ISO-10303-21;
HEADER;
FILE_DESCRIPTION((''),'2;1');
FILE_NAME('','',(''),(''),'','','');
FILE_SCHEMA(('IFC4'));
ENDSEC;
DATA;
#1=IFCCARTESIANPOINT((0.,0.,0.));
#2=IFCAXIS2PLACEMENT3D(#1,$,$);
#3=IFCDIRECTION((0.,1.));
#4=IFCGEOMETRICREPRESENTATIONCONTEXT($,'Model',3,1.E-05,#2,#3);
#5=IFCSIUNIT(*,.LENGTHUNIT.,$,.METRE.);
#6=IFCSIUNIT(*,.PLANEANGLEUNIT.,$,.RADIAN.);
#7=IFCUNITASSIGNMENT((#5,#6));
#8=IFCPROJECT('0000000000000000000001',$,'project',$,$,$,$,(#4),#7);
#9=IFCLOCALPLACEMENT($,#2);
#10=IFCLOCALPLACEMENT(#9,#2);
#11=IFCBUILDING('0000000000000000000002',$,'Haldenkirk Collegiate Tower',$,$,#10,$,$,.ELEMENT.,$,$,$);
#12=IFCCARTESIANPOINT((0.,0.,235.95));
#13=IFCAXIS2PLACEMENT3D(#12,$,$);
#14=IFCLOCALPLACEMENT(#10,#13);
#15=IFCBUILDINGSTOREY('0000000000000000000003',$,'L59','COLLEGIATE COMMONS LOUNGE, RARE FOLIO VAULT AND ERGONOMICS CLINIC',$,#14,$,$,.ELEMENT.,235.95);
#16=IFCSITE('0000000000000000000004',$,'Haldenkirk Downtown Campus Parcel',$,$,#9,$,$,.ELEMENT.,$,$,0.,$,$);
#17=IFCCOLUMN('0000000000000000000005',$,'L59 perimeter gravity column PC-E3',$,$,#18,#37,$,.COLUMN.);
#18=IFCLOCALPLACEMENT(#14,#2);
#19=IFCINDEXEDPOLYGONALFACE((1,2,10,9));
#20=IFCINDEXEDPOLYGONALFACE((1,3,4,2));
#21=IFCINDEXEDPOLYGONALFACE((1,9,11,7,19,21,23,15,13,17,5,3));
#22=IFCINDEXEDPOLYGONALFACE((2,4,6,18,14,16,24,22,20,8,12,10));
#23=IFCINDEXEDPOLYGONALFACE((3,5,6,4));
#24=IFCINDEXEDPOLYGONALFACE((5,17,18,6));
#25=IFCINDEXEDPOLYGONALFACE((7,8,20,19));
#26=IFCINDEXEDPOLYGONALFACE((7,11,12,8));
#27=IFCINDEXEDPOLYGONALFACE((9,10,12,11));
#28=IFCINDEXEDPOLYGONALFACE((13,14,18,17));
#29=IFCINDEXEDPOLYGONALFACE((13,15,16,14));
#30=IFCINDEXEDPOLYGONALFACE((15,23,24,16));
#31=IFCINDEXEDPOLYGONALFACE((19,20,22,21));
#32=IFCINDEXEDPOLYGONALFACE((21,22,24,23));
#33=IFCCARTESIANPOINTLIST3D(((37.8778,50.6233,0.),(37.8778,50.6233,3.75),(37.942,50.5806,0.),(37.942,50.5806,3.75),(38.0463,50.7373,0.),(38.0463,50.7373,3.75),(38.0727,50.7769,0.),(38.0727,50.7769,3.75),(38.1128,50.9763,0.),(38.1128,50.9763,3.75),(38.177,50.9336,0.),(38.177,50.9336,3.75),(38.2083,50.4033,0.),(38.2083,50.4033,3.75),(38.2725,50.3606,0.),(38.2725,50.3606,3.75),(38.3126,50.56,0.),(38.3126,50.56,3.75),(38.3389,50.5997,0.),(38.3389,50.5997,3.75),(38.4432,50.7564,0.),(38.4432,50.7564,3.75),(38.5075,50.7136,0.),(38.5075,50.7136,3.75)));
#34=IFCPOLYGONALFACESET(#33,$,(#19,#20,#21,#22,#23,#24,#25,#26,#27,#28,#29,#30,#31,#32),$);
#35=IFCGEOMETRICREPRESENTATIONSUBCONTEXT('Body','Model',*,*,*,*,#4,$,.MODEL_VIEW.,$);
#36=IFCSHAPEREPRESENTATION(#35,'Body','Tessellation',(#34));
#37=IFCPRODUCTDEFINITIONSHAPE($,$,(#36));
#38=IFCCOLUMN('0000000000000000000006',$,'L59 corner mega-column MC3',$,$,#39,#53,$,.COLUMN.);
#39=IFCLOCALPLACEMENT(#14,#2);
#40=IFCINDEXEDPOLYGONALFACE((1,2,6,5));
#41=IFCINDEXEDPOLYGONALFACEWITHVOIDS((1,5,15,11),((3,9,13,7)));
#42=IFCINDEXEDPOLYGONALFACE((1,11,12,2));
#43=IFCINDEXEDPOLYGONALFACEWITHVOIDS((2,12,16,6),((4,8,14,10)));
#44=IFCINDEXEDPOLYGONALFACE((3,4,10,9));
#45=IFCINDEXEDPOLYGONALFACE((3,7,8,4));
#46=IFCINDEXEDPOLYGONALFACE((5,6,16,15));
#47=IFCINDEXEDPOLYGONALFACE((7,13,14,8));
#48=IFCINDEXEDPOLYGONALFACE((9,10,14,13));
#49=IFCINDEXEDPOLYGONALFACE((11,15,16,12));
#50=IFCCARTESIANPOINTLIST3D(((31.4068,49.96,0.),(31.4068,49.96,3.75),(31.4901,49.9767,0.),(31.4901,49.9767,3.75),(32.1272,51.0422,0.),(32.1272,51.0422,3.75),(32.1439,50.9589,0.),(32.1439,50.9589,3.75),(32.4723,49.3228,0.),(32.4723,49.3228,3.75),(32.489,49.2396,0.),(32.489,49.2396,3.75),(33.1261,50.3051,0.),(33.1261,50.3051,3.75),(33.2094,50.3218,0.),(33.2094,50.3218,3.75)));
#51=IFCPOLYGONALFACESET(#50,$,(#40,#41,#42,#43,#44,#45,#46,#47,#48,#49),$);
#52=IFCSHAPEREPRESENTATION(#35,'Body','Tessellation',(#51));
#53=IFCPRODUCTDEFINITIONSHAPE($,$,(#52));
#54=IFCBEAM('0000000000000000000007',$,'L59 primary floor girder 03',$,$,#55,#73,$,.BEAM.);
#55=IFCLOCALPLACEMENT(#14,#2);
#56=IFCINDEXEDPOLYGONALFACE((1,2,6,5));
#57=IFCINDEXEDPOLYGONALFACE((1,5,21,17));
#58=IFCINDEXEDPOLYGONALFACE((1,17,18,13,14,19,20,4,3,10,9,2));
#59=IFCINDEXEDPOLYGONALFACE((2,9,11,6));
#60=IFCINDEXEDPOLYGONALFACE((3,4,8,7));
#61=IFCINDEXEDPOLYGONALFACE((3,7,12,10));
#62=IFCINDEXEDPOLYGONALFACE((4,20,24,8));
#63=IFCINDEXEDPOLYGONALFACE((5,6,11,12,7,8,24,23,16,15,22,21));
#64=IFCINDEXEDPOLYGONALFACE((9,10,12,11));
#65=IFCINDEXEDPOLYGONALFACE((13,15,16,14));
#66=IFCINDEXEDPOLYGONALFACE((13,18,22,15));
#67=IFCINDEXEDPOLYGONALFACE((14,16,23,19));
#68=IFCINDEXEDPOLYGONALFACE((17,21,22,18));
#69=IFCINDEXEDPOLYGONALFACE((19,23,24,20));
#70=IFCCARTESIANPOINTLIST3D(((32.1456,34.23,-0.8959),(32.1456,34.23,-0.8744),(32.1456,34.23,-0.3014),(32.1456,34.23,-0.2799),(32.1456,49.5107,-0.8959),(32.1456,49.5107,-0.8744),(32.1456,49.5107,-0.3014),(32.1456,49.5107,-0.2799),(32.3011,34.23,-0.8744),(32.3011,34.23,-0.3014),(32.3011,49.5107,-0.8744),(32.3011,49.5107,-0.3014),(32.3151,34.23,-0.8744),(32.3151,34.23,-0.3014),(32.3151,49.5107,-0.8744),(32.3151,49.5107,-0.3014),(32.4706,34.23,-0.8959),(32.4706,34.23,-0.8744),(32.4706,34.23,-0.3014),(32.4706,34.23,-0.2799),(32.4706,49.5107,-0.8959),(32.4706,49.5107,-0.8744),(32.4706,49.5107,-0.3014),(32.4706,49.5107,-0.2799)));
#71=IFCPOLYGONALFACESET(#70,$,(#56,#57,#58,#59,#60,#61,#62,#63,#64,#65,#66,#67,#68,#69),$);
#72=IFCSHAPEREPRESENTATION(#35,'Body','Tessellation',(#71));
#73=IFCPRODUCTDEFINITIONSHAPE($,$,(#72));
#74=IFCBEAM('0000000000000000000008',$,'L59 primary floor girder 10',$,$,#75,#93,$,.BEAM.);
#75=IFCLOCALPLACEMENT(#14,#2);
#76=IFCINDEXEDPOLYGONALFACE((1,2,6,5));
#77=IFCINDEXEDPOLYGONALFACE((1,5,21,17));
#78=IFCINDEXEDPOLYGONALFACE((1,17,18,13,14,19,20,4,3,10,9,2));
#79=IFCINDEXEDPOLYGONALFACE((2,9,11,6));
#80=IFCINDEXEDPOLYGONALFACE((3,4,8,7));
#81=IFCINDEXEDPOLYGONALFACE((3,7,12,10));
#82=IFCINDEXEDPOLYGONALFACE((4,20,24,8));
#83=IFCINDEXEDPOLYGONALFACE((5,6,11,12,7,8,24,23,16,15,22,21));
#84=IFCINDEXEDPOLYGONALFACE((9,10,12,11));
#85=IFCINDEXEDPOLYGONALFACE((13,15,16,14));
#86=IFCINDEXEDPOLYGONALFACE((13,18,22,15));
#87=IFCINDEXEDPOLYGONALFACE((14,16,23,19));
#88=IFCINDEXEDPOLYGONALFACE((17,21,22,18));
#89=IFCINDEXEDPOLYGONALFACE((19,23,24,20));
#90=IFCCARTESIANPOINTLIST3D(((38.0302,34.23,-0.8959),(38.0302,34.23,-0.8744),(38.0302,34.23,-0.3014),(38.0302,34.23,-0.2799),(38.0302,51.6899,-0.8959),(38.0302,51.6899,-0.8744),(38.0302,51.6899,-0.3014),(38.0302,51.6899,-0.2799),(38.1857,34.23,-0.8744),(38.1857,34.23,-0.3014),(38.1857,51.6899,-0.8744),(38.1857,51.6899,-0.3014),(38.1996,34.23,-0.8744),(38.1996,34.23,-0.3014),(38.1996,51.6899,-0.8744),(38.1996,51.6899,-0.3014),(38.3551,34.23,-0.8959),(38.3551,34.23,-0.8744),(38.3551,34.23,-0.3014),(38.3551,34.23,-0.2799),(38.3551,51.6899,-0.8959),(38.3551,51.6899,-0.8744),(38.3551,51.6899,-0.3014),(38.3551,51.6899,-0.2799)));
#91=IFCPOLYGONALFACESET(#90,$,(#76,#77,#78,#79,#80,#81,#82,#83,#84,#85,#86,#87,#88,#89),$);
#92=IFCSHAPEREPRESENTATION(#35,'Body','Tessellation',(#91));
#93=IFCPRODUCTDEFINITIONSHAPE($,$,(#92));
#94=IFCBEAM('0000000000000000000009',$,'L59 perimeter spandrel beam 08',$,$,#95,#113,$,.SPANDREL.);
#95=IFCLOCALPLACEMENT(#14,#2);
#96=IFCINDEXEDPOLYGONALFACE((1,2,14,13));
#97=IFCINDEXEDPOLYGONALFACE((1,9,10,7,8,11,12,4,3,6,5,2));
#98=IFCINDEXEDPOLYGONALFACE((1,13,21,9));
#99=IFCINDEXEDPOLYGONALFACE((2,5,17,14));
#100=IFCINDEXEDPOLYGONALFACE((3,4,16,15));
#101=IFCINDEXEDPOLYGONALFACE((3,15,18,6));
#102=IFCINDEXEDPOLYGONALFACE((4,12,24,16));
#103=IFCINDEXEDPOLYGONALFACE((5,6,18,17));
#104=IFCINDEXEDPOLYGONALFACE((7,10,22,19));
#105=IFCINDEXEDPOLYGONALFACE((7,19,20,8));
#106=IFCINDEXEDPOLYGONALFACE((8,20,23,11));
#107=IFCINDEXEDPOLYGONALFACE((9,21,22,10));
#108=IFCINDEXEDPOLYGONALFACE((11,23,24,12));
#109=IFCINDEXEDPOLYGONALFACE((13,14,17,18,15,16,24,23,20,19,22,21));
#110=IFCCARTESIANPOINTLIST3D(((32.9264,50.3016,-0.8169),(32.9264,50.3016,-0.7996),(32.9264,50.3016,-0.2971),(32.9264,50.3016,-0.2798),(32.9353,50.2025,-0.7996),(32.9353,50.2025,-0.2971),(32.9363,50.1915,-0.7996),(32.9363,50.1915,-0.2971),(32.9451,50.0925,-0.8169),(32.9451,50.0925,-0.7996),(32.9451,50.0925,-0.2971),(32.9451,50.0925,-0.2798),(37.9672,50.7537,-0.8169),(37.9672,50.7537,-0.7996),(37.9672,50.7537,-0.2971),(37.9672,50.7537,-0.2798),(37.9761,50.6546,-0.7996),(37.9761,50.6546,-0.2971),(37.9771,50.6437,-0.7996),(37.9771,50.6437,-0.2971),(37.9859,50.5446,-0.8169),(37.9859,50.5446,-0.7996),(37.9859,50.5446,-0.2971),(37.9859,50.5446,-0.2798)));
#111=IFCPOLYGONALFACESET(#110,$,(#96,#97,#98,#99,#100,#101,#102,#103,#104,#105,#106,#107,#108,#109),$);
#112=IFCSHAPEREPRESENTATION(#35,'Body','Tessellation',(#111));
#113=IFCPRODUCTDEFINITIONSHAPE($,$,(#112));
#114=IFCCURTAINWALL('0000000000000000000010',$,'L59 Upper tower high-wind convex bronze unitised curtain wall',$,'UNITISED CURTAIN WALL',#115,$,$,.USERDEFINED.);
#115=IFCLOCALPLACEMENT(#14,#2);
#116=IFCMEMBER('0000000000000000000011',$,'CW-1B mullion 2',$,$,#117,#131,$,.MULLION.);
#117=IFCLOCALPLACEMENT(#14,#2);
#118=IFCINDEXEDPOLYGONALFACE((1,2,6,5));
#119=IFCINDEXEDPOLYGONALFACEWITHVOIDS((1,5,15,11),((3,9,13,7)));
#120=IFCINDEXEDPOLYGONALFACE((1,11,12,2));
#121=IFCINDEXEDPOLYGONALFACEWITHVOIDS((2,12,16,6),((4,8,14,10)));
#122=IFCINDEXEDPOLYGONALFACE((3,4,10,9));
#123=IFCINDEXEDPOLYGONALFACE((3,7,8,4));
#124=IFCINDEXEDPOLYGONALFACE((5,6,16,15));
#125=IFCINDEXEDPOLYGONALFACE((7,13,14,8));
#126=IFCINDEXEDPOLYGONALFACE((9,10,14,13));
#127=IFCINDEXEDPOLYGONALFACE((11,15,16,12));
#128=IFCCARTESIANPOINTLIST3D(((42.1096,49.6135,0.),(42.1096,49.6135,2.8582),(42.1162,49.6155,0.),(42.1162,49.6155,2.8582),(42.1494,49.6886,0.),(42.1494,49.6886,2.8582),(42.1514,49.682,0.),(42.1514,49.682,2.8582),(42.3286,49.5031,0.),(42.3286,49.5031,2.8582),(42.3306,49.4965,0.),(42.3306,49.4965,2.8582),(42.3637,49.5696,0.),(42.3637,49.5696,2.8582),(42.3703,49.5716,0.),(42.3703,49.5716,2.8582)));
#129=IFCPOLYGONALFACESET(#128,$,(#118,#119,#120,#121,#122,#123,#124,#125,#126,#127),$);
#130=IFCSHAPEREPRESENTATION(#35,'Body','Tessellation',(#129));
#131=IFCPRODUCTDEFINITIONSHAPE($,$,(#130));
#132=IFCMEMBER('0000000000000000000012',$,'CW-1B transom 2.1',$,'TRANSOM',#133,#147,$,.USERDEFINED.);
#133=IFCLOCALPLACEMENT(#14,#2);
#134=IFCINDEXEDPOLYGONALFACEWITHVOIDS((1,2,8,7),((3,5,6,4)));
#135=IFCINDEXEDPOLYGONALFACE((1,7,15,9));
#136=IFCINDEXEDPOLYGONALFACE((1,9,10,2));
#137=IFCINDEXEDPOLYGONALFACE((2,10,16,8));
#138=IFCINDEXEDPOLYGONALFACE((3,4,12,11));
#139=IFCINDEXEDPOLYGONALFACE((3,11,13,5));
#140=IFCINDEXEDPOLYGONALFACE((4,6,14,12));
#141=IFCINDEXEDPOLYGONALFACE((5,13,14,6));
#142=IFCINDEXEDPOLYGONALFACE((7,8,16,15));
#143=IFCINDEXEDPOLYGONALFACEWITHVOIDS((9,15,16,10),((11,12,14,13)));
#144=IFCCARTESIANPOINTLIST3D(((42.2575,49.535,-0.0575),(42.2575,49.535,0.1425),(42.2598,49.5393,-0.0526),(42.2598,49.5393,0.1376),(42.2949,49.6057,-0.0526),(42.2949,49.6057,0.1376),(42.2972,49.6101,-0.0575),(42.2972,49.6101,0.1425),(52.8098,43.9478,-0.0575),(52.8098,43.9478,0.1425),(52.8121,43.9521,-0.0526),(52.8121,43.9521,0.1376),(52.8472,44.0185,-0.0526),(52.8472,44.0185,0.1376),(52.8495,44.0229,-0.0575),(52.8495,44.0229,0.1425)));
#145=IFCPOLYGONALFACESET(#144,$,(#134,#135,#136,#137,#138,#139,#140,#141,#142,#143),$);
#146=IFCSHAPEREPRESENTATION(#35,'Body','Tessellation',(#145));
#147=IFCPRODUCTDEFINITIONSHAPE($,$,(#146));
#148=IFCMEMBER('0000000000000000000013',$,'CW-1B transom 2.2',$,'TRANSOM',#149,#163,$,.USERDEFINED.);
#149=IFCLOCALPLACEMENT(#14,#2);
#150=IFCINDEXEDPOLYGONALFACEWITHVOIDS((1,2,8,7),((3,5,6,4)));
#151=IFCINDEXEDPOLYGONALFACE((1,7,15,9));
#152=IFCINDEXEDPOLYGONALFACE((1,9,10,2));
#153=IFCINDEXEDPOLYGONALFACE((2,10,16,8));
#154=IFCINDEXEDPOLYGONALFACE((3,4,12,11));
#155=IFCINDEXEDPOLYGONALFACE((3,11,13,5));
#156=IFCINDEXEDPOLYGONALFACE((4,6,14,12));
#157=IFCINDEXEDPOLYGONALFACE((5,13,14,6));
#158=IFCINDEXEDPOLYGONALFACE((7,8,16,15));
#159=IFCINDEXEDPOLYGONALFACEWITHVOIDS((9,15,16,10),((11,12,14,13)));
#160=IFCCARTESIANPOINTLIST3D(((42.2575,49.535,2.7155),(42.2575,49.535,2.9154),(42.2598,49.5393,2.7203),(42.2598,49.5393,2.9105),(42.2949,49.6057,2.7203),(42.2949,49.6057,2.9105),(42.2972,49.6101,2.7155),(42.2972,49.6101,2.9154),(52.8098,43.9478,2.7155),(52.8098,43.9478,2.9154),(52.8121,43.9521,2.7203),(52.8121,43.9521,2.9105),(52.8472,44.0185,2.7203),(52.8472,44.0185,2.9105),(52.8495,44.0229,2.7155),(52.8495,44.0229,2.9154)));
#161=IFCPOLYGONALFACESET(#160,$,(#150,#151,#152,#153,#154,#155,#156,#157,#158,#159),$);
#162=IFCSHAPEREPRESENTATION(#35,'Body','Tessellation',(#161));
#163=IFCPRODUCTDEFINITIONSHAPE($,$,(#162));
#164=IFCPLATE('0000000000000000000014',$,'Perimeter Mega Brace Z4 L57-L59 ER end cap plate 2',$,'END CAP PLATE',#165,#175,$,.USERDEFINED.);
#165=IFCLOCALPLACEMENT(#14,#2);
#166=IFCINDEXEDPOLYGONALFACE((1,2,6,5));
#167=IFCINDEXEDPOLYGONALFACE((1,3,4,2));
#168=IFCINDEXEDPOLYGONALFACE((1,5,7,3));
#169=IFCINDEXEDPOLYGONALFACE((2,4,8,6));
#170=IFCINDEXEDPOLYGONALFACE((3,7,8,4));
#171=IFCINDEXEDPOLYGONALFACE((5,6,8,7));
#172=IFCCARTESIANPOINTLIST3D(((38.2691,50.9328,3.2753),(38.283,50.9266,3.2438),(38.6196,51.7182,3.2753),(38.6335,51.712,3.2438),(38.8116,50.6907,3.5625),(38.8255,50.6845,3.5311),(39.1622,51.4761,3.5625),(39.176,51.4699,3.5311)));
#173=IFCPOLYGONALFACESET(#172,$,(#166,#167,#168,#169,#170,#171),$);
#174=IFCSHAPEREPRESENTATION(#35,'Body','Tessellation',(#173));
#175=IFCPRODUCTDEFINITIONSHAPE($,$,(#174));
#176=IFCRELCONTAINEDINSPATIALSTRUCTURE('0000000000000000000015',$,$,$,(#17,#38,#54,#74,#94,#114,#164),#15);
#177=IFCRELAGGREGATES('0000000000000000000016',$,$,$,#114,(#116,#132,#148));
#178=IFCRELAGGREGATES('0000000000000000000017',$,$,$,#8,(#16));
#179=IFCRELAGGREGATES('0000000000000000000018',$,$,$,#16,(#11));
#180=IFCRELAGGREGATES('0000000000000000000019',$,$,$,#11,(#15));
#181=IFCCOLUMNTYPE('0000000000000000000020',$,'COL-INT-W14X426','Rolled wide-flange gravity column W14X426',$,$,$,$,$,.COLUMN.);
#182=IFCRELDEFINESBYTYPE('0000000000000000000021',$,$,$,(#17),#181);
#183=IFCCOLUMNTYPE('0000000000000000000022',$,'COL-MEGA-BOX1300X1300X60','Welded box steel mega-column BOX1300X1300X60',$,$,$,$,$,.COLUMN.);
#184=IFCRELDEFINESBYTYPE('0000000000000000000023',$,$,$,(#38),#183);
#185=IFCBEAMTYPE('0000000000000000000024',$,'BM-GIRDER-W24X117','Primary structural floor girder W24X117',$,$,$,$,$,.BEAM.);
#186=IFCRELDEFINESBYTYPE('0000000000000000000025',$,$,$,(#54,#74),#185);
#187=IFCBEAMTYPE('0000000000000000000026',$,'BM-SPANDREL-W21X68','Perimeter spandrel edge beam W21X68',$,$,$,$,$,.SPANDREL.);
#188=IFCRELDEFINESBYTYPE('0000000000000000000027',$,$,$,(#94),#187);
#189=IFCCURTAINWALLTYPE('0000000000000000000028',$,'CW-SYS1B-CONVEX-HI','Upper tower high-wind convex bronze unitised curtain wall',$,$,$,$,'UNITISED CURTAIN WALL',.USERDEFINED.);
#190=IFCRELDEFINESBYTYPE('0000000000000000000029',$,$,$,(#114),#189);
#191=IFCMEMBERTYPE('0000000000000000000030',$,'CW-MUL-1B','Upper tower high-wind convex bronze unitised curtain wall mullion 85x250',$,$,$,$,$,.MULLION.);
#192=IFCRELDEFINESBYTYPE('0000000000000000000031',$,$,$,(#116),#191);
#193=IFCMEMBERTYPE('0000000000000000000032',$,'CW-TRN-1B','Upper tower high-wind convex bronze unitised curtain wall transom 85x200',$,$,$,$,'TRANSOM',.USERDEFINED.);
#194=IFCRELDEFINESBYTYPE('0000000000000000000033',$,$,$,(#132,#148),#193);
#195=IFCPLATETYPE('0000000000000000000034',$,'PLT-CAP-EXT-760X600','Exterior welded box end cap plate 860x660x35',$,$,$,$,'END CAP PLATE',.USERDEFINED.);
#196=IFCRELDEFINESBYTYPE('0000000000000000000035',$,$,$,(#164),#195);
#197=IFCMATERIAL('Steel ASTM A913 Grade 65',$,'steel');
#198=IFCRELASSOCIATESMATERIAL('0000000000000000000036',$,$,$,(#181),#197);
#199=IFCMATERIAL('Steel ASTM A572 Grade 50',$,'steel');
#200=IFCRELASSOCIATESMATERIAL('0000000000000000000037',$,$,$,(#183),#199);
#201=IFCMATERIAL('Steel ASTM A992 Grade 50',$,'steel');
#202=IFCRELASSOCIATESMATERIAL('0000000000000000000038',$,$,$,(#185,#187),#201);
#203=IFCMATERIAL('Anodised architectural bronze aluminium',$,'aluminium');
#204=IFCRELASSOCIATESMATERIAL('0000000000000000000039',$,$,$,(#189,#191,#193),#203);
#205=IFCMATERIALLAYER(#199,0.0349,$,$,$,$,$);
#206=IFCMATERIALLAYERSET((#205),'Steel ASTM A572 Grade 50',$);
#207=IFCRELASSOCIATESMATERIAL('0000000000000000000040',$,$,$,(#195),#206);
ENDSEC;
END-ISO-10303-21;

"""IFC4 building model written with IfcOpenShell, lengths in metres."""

from ifc_helpers import new_model, si_unit, direction, frame, origin, origin_2d, place, context, subcontext, project, spatial, rectangle, hollow_rectangle, i_section, extrude, source, transform, mapped, material, layer, layer_set, material_profile, profile_set, type_object, element, aggregate, save


model = new_model("IFC4")

# Units and contexts
model_context = context("Model", 3, precision=1e-05, world=origin(), true_north=direction((0.0, 1.0)))
body_context = subcontext(model_context, "Body", "Model", "MODEL_VIEW")
ifc_project = project(units=[si_unit("LENGTHUNIT", "METRE"), si_unit("PLANEANGLEUNIT", "RADIAN")], contexts=[model_context])

# Site, building, storey
site_placement = place(None, origin())
site = spatial("IfcSite", under=ifc_project, at=site_placement, Name="Haldenkirk Downtown Campus Parcel", CompositionType="ELEMENT", RefElevation=0.0)
building_placement = place(site_placement, origin())
building = spatial("IfcBuilding", under=site, at=building_placement, Name="Haldenkirk Collegiate Tower", CompositionType="ELEMENT")
storey_placement = place(building_placement, frame((0.0, 0.0, 235.95)))
storey = spatial("IfcBuildingStorey", under=building, at=storey_placement, Name="L59", Description="COLLEGIATE COMMONS LOUNGE, RARE FOLIO VAULT AND ERGONOMICS CLINIC", CompositionType="ELEMENT", Elevation=235.95)

# Columns
ifc_material_1 = material(Name="Steel ASTM A913 Grade 65", Category="steel")
ifc_material_profile_1 = material_profile(ifc_material_1, i_section(OverallWidth=0.4241, OverallDepth=0.4741, WebThickness=0.0476, FlangeThickness=0.0771, at=origin_2d()), Name="W14X426")
ifc_profile_set_1 = profile_set([ifc_material_profile_1], Name="Steel ASTM A913 Grade 65")
column_type_1 = type_object("IfcColumnType", Name="COL-INT-W14X426", Description="Rolled wide-flange gravity column W14X426", PredefinedType="COLUMN", material=ifc_profile_set_1)
column_1_placement = place(storey_placement, frame((38.1926, 50.6685, 0.0), z_axis=(0.0, 0.0, 1.0), x_axis=(0.554118, 0.832438, 0.0)))
element("IfcColumn", 1, at=column_1_placement, inside=storey, type_object=column_type_1, Name="L59 perimeter gravity column PC-E3", PredefinedType="COLUMN", context=body_context, shape_type="SweptSolid", body=[
    extrude(i_section(OverallWidth=0.4241, OverallDepth=0.4741, WebThickness=0.0476, FlangeThickness=0.0771, at=origin_2d()), origin(), (0.0, 0.0, 1.0), 3.75),
])
ifc_material_2 = material(Name="Steel ASTM A572 Grade 50", Category="steel")
ifc_material_profile_2 = material_profile(ifc_material_2, hollow_rectangle(XDim=1.3, YDim=1.3, WallThickness=0.0601, at=origin_2d()), Name="BOX1300X1300X60")
ifc_profile_set_2 = profile_set([ifc_material_profile_2], Name="Steel ASTM A572 Grade 50")
column_type_2 = type_object("IfcColumnType", Name="COL-MEGA-BOX1300X1300X60", Description="Welded box steel mega-column BOX1300X1300X60", PredefinedType="COLUMN", material=ifc_profile_set_2)
column_2_placement = place(storey_placement, frame((32.3081, 50.1409, 0.0), z_axis=(0.0, 0.0, 1.0), x_axis=(0.554118, 0.832438, 0.0)))
element("IfcColumn", 2, at=column_2_placement, inside=storey, type_object=column_type_2, Name="L59 corner mega-column MC3", PredefinedType="COLUMN", context=body_context, shape_type="SweptSolid", body=[
    extrude(hollow_rectangle(XDim=1.3, YDim=1.3, WallThickness=0.0601, at=origin_2d()), origin(), (0.0, 0.0, 1.0), 3.75),
])

# Beams
ifc_material_3 = material(Name="Steel ASTM A992 Grade 50", Category="steel")
ifc_material_profile_3 = material_profile(ifc_material_3, i_section(OverallWidth=0.325, OverallDepth=0.616, WebThickness=0.0139, FlangeThickness=0.0215, at=origin_2d()), Name="W24X117")
ifc_profile_set_3 = profile_set([ifc_material_profile_3], Name="Steel ASTM A992 Grade 50")
beam_type_1 = type_object("IfcBeamType", Name="BM-GIRDER-W24X117", Description="Primary structural floor girder W24X117", PredefinedType="BEAM", material=ifc_profile_set_3)
beam_1_placement = place(storey_placement, frame((32.3081, 49.5107, -0.5879), z_axis=(0.0, -1.0, 0.0), x_axis=(1.0, 0.0, 0.0)))
element("IfcBeam", 3, at=beam_1_placement, inside=storey, type_object=beam_type_1, Name="L59 primary floor girder 03", PredefinedType="BEAM", context=body_context, shape_type="SweptSolid", body=[
    extrude(i_section(OverallWidth=0.325, OverallDepth=0.616, WebThickness=0.0139, FlangeThickness=0.0215, at=origin_2d()), origin(), (0.0, 0.0, 1.0), 15.2808),
])
beam_2_placement = place(storey_placement, frame((38.1926, 51.6899, -0.5879), z_axis=(0.0, -1.0, 0.0), x_axis=(1.0, 0.0, 0.0)))
element("IfcBeam", 4, at=beam_2_placement, inside=storey, type_object=beam_type_1, Name="L59 primary floor girder 10", PredefinedType="BEAM", context=body_context, shape_type="SweptSolid", body=[
    extrude(i_section(OverallWidth=0.325, OverallDepth=0.616, WebThickness=0.0139, FlangeThickness=0.0215, at=origin_2d()), origin(), (0.0, 0.0, 1.0), 17.46),
])
ifc_material_profile_4 = material_profile(ifc_material_3, i_section(OverallWidth=0.21, OverallDepth=0.5371, WebThickness=0.011, FlangeThickness=0.0173, at=origin_2d()), Name="W21X68")
ifc_profile_set_4 = profile_set([ifc_material_profile_4], Name="Steel ASTM A992 Grade 50")
beam_type_2 = type_object("IfcBeamType", Name="BM-SPANDREL-W21X68", Description="Perimeter spandrel edge beam W21X68", PredefinedType="SPANDREL", material=ifc_profile_set_4)
beam_3_placement = place(storey_placement, frame((37.9766, 50.6492, -0.5483), z_axis=(-0.996001, -0.08934, 0.0), x_axis=(0.08934, -0.996001, 0.0)))
element("IfcBeam", 5, at=beam_3_placement, inside=storey, type_object=beam_type_2, Name="L59 perimeter spandrel beam 08", PredefinedType="SPANDREL", context=body_context, shape_type="SweptSolid", body=[
    extrude(i_section(OverallWidth=0.21, OverallDepth=0.5371, WebThickness=0.011, FlangeThickness=0.0173, at=origin_2d()), origin(), (0.0, 0.0, 1.0), 5.061),
])

# Curtain wall, members
ifc_material_4 = material(Name="Anodised architectural bronze aluminium", Category="aluminium")
curtain_wall_type = type_object("IfcCurtainWallType", Name="CW-SYS1B-CONVEX-HI", Description="Upper tower high-wind convex bronze unitised curtain wall", ElementType="UNITISED CURTAIN WALL", PredefinedType="USERDEFINED", material=ifc_material_4)
curtain_wall_placement = place(storey_placement, origin())
curtain_wall = element("IfcCurtainWall", 6, at=curtain_wall_placement, inside=storey, type_object=curtain_wall_type, Name="L59 Upper tower high-wind convex bronze unitised curtain wall", ObjectType="UNITISED CURTAIN WALL", PredefinedType="USERDEFINED")
ifc_material_profile_5 = material_profile(ifc_material_4, hollow_rectangle(XDim=0.085, YDim=0.25, WallThickness=0.0049, at=origin_2d()), Name="CW-MUL-1B")
ifc_profile_set_5 = profile_set([ifc_material_profile_5], Name="Anodised architectural bronze aluminium")
member_type_1 = type_object("IfcMemberType", Name="CW-MUL-1B", Description="Upper tower high-wind convex bronze unitised curtain wall mullion 85x250", PredefinedType="MULLION", material=ifc_profile_set_5)
member_1_placement = place(storey_placement, frame((42.24, 49.5925, 0.0), z_axis=(0.0, 0.0, 1.0), x_axis=(0.46793, 0.883766, 0.0)))
member_1 = element("IfcMember", 7, at=member_1_placement, type_object=member_type_1, Name="CW-1B mullion 2", PredefinedType="MULLION", context=body_context, shape_type="SweptSolid", body=[
    extrude(hollow_rectangle(XDim=0.085, YDim=0.25, WallThickness=0.0049, at=origin_2d()), origin(), (0.0, 0.0, 1.0), 2.8582),
])
ifc_material_profile_6 = material_profile(ifc_material_4, hollow_rectangle(XDim=0.085, YDim=0.2, WallThickness=0.0049, at=origin_2d()), Name="CW-TRN-1B")
ifc_profile_set_6 = profile_set([ifc_material_profile_6], Name="Anodised architectural bronze aluminium")
member_type_2 = type_object("IfcMemberType", Name="CW-TRN-1B", Description="Upper tower high-wind convex bronze unitised curtain wall transom 85x200", ElementType="TRANSOM", PredefinedType="USERDEFINED", material=ifc_profile_set_6)
member_2_placement = place(storey_placement, frame((42.2773, 49.5725, 0.0425), z_axis=(0.883765, -0.467932, 0.0), x_axis=(0.467932, 0.883765, 0.0)))
member_2 = element("IfcMember", 8, at=member_2_placement, type_object=member_type_2, Name="CW-1B transom 2.1", ObjectType="TRANSOM", PredefinedType="USERDEFINED", context=body_context, shape_type="SweptSolid", body=[
    extrude(hollow_rectangle(XDim=0.085, YDim=0.2, WallThickness=0.0049, at=origin_2d()), origin(), (0.0, 0.0, 1.0), 11.9402),
])
member_3_placement = place(storey_placement, frame((42.2773, 49.5725, 2.8154), z_axis=(0.883765, -0.467932, 0.0), x_axis=(0.467932, 0.883765, 0.0)))
member_3 = element("IfcMember", 9, at=member_3_placement, type_object=member_type_2, Name="CW-1B transom 2.2", ObjectType="TRANSOM", PredefinedType="USERDEFINED", context=body_context, shape_type="SweptSolid", body=[
    extrude(hollow_rectangle(XDim=0.085, YDim=0.2, WallThickness=0.0049, at=origin_2d()), origin(), (0.0, 0.0, 1.0), 11.9402),
])

# Plate
ifc_layer_1 = layer(ifc_material_2, 0.0349)
ifc_layer_set_1 = layer_set([ifc_layer_1], Name="Steel ASTM A572 Grade 50")
plate_type_1 = type_object("IfcPlateType", Name="PLT-CAP-EXT-760X600", Description="Exterior welded box end cap plate 860x660x35", ElementType="END CAP PLATE", PredefinedType="USERDEFINED", material=ifc_layer_set_1)
shared_shape_1 = source(origin(), body_context, "Body", "SweptSolid", [
    extrude(rectangle(XDim=0.8601, YDim=0.6599, at=origin_2d()), origin(), (0.0, 0.0, 1.0), 0.0349),
])
plate_1_placement = place(storey_placement, frame((38.7295, 51.1982, 3.3875), z_axis=(-0.39751, 0.177415, 0.900283), x_axis=(-0.407566, -0.913176, 0.0)))
element("IfcPlate", 10, at=plate_1_placement, inside=storey, type_object=plate_type_1, Name="Perimeter Mega Brace Z4 L57-L59 ER end cap plate 2", ObjectType="END CAP PLATE", PredefinedType="USERDEFINED", context=body_context, shape_type="MappedRepresentation", body=[
    mapped(shared_shape_1, transform((0.0, 0.0, 0.0), x_axis=(1.0, 0.0, 0.0), y_axis=(0.0, 1.0, 0.0), z_axis=(0.0, 0.0, 1.0), scale=1.0)),
])
aggregate(curtain_wall, [member_1, member_2, member_3])

save(model, "model.ifc")
